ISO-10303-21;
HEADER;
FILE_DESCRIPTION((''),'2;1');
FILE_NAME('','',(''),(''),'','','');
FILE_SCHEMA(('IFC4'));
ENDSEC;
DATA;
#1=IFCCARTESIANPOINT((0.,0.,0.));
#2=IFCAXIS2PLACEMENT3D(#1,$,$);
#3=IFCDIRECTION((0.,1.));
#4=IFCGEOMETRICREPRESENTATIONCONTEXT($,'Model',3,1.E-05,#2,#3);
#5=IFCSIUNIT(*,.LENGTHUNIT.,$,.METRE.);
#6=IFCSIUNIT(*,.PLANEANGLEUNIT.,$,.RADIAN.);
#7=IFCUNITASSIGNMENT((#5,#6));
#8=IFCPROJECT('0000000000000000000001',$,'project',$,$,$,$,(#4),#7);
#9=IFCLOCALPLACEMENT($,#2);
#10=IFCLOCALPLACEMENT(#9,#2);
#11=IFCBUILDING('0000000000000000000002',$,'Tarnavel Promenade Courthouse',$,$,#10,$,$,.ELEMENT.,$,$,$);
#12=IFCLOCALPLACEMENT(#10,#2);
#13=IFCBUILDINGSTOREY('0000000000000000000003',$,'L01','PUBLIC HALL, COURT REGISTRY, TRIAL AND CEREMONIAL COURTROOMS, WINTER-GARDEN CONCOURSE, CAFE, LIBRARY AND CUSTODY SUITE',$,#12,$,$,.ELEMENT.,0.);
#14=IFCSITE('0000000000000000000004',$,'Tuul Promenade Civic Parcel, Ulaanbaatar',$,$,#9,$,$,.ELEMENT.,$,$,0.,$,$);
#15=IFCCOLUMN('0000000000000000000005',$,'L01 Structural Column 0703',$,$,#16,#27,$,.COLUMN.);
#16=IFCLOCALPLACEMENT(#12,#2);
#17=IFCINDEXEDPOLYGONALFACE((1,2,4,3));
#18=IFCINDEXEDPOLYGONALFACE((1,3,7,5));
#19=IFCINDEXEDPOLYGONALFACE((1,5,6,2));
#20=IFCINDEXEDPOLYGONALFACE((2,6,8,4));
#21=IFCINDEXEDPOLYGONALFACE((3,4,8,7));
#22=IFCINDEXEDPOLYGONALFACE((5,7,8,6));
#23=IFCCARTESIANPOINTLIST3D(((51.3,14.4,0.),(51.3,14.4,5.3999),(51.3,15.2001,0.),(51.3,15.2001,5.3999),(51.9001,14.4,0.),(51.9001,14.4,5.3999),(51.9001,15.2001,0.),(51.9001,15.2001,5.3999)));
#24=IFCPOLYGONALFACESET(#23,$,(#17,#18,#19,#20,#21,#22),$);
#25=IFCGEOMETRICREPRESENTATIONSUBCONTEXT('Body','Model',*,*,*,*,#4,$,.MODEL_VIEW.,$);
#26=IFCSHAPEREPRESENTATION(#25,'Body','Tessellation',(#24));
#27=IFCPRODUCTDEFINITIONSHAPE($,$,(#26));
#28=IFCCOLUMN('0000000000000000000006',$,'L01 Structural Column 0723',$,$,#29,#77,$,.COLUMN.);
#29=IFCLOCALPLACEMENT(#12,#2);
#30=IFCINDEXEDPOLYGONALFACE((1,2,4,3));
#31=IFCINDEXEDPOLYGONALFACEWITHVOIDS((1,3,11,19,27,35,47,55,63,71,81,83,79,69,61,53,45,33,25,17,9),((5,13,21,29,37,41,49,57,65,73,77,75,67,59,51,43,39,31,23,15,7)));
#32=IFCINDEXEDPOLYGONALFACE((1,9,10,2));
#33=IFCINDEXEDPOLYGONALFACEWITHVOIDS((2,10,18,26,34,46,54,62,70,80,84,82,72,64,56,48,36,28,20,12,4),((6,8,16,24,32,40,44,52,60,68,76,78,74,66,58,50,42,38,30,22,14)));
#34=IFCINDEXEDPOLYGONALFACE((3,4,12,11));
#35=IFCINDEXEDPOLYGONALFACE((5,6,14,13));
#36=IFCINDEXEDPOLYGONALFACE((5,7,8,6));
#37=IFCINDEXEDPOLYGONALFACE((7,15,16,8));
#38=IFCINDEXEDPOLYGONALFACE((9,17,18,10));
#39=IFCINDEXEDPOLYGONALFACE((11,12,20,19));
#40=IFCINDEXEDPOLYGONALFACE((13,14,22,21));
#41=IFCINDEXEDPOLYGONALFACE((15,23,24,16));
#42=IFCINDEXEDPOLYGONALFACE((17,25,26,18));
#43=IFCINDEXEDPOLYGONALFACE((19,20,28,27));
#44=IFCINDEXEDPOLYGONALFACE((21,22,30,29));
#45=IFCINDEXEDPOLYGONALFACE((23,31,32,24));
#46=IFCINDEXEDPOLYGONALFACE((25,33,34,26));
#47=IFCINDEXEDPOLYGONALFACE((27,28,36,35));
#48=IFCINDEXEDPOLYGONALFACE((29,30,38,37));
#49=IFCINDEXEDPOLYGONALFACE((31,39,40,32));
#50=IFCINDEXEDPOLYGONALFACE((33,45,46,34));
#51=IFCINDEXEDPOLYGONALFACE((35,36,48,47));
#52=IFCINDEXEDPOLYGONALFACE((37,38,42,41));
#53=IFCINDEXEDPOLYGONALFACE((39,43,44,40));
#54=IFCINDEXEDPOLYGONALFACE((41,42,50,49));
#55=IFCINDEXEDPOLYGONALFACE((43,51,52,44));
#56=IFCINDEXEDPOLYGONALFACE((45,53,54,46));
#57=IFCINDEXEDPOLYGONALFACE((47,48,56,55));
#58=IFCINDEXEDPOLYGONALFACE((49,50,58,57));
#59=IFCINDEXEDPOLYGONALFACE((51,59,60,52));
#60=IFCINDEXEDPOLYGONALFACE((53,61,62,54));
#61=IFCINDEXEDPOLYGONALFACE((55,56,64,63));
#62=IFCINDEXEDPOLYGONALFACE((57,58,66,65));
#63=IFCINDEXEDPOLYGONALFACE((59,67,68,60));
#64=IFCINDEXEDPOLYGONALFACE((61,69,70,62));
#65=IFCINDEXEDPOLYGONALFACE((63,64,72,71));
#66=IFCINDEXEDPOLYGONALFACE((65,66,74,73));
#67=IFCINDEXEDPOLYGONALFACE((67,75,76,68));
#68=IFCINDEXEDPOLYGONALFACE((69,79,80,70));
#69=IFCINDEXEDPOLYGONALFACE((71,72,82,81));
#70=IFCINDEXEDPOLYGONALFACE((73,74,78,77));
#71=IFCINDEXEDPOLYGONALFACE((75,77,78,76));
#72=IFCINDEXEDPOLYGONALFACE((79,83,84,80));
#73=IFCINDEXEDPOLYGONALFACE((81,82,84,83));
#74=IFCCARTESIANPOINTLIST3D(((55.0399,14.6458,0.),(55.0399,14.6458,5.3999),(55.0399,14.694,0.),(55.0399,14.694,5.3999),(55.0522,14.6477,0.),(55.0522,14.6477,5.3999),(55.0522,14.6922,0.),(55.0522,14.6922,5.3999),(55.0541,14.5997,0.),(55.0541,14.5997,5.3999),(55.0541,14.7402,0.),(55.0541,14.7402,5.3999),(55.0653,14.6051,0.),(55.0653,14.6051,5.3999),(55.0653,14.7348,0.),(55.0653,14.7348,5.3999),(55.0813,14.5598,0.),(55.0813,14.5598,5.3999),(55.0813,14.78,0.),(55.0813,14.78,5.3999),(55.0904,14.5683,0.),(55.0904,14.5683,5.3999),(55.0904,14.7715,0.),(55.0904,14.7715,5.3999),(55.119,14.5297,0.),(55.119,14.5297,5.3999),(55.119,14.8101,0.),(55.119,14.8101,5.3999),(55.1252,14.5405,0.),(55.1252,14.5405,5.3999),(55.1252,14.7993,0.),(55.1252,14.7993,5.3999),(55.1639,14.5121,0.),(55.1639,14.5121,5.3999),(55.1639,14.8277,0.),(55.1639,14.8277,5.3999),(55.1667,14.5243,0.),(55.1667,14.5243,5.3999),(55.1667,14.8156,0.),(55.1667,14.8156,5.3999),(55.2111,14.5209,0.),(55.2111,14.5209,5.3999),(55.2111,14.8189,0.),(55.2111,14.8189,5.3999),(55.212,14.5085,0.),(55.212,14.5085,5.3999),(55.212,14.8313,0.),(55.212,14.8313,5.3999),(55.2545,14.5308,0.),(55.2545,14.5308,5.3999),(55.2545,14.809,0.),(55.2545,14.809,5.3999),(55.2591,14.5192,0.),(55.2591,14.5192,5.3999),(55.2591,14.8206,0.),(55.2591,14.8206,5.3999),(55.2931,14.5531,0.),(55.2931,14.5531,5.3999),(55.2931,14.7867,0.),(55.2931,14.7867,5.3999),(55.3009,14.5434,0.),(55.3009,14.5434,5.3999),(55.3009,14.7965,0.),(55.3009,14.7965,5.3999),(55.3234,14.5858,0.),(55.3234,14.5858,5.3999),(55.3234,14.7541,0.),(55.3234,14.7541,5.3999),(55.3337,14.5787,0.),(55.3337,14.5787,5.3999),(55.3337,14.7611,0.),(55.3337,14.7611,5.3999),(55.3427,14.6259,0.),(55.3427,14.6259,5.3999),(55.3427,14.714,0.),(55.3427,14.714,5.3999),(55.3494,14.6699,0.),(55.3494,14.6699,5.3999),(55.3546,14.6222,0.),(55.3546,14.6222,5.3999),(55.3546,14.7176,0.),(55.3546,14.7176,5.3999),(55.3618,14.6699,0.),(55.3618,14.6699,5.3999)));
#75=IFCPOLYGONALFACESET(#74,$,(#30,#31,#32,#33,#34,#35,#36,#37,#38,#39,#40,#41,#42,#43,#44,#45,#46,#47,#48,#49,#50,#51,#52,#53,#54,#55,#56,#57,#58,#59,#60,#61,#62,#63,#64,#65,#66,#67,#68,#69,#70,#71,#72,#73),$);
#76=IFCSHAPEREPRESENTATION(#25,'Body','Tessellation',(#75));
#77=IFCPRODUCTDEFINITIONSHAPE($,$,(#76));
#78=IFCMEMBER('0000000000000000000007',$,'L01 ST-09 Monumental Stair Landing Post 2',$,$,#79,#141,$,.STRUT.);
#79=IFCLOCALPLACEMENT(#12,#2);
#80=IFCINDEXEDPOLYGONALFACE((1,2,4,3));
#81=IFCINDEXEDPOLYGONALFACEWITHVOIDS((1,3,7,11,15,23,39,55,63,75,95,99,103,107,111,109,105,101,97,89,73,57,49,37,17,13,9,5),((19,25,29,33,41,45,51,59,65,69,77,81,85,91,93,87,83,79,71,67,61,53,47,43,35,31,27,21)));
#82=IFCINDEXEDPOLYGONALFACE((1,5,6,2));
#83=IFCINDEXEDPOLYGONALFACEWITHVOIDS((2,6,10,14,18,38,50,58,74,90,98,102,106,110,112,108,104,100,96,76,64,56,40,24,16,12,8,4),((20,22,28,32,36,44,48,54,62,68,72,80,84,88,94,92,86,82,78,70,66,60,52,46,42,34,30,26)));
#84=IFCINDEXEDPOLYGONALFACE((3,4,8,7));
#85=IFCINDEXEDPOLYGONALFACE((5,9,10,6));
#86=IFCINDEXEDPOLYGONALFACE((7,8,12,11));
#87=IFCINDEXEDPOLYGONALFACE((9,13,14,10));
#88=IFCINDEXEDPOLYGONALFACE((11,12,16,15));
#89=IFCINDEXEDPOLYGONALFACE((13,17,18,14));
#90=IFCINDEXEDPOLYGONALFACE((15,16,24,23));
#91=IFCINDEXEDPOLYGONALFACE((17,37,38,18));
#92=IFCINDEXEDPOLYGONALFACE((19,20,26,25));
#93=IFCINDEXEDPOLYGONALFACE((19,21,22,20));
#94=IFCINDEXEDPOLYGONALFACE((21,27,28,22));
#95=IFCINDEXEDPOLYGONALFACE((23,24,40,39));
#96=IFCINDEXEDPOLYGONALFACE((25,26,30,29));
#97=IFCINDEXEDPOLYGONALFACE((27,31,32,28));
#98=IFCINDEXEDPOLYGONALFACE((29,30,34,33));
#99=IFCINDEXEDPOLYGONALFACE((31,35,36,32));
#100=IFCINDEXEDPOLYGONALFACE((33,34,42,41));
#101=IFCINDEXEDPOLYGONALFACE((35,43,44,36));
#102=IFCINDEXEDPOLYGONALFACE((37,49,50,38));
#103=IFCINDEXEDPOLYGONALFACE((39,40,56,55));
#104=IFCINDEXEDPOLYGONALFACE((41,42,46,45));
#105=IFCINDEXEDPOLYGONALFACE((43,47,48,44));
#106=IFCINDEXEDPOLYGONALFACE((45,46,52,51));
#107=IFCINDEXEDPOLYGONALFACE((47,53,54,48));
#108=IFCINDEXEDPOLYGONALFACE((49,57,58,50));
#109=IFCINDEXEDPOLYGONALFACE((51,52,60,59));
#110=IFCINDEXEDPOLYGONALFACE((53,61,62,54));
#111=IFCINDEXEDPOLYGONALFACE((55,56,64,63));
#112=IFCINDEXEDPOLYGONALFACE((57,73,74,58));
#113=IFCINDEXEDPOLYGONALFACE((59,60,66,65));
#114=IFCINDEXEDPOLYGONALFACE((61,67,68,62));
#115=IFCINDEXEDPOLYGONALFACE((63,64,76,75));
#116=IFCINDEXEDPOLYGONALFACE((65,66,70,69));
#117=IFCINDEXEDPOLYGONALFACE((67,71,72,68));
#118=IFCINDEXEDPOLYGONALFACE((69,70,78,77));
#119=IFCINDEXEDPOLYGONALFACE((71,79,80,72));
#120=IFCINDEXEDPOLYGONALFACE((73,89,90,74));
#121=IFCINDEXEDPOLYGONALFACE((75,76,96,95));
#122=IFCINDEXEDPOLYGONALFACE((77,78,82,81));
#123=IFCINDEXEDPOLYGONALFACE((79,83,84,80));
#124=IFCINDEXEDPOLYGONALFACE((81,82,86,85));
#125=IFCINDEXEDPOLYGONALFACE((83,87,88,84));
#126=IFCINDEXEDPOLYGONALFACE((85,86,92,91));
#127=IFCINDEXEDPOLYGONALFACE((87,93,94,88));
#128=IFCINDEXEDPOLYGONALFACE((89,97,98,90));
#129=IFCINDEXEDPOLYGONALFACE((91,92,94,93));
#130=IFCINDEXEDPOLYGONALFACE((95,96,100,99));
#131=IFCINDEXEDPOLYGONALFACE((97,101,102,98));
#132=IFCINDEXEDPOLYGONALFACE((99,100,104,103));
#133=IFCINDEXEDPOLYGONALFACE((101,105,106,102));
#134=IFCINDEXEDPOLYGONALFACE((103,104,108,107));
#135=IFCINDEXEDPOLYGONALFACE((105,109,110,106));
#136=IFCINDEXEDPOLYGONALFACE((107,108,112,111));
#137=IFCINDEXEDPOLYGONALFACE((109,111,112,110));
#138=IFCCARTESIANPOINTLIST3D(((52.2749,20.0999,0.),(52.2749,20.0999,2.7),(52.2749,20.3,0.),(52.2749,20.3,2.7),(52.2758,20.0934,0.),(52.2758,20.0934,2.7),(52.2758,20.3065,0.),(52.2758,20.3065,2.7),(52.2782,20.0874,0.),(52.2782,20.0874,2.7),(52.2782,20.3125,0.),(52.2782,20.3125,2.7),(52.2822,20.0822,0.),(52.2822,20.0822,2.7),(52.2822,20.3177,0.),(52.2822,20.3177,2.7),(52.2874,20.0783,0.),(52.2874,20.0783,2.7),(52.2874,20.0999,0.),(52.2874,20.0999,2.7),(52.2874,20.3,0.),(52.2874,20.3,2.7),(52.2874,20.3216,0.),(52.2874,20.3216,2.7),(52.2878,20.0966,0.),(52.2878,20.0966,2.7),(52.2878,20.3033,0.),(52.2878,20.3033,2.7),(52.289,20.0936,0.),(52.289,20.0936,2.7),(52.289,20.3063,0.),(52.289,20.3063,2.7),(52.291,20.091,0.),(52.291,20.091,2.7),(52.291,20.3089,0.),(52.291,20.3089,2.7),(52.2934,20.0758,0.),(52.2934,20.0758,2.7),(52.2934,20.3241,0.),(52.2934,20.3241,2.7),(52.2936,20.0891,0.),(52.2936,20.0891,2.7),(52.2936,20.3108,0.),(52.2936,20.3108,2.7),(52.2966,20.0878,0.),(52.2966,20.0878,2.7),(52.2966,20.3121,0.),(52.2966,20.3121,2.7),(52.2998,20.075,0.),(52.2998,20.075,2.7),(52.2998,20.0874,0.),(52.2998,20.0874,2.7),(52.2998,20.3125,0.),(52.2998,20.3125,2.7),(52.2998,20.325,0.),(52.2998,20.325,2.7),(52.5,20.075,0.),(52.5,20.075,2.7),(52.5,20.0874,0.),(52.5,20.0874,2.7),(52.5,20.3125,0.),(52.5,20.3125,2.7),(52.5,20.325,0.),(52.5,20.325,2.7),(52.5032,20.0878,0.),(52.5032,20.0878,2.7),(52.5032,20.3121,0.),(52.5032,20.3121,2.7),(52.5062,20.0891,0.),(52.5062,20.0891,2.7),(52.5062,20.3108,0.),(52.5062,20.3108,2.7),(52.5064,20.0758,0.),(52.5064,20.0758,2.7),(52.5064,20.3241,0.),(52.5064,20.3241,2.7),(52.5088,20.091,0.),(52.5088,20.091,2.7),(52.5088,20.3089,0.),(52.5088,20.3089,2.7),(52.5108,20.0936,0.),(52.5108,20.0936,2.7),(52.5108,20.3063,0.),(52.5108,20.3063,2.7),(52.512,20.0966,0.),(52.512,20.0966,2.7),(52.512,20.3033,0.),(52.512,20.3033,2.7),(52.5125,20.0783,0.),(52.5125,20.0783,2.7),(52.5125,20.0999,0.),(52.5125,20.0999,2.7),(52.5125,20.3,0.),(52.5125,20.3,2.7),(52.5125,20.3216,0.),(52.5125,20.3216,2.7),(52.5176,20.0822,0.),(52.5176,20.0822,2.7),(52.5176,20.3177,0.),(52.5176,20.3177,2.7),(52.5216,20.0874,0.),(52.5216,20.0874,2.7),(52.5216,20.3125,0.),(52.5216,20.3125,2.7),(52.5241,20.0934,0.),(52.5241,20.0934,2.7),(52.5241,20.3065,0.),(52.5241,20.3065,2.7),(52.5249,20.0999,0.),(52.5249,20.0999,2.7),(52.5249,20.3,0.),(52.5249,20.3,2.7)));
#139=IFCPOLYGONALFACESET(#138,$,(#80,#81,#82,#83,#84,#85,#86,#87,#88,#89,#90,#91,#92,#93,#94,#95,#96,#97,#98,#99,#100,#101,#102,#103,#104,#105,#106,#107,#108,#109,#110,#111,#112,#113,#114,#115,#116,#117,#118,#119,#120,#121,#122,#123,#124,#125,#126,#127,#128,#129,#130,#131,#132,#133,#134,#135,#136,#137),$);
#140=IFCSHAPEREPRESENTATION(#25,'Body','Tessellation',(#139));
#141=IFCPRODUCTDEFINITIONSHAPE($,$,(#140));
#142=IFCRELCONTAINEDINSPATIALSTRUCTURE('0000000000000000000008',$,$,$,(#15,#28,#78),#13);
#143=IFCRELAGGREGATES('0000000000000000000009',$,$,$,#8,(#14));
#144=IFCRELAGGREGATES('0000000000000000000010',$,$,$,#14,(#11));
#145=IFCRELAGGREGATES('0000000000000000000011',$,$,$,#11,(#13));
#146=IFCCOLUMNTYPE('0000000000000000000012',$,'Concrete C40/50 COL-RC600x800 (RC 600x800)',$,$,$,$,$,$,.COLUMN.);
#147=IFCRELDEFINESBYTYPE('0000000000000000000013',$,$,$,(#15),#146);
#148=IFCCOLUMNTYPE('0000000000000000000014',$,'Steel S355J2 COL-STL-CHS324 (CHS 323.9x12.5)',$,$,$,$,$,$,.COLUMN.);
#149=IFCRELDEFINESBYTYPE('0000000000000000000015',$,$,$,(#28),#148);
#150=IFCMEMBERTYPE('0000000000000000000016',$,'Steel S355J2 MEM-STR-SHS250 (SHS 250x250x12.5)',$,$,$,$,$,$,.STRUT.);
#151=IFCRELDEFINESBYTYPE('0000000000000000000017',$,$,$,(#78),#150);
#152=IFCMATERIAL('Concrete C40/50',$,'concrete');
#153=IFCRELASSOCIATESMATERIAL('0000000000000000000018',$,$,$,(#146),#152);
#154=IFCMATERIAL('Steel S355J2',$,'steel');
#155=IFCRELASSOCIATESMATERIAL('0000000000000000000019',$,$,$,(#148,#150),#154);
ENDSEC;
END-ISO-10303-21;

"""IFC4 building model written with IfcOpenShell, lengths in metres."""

from ifc_helpers import new_model, si_unit, direction, frame, origin, origin_2d, place, context, subcontext, project, spatial, rectangle, hollow_rectangle, hollow_circle, extrude, material, material_profile, profile_set, type_object, element, save


model = new_model("IFC4")

# Units and contexts
model_context = context("Model", 3, precision=1e-05, world=origin(), true_north=direction((0.0, 1.0)))
body_context = subcontext(model_context, "Body", "Model", "MODEL_VIEW")
ifc_project = project(units=[si_unit("LENGTHUNIT", "METRE"), si_unit("PLANEANGLEUNIT", "RADIAN")], contexts=[model_context])

# Site, building, storey
site_placement = place(None, origin())
site = spatial("IfcSite", under=ifc_project, at=site_placement, Name="Tuul Promenade Civic Parcel, Ulaanbaatar", CompositionType="ELEMENT", RefElevation=0.0)
building_placement = place(site_placement, origin())
building = spatial("IfcBuilding", under=site, at=building_placement, Name="Tarnavel Promenade Courthouse", CompositionType="ELEMENT")
storey_placement = place(building_placement, origin())
storey = spatial("IfcBuildingStorey", under=building, at=storey_placement, Name="L01", Description="PUBLIC HALL, COURT REGISTRY, TRIAL AND CEREMONIAL COURTROOMS, WINTER-GARDEN CONCOURSE, CAFE, LIBRARY AND CUSTODY SUITE", CompositionType="ELEMENT", Elevation=0.0)

# Columns
ifc_material_1 = material(Name="Concrete C40/50", Category="concrete")
ifc_material_profile_1 = material_profile(ifc_material_1, rectangle(XDim=0.6001, YDim=0.8, at=origin_2d()), Name="RC 600x800")
ifc_profile_set_1 = profile_set([ifc_material_profile_1], Name="Concrete C40/50")
column_type_1 = type_object("IfcColumnType", Name="Concrete C40/50 COL-RC600x800 (RC 600x800)", PredefinedType="COLUMN", material=ifc_profile_set_1)
column_1_placement = place(storey_placement, frame((51.6001, 14.8, 0.0), z_axis=(0.0, 0.0, 1.0), x_axis=(1.0, 0.0, 0.0)))
element("IfcColumn", 1, at=column_1_placement, inside=storey, type_object=column_type_1, Name="L01 Structural Column 0703", PredefinedType="COLUMN", context=body_context, shape_type="SweptSolid", body=[
    extrude(rectangle(XDim=0.6001, YDim=0.8, at=origin_2d()), origin(), (0.0, 0.0, 1.0), 5.3999),
])
ifc_material_2 = material(Name="Steel S355J2", Category="steel")
ifc_material_profile_2 = material_profile(ifc_material_2, hollow_circle(Radius=0.1619, WallThickness=0.0125, at=origin_2d()), Name="CHS 323.9x12.5")
ifc_profile_set_2 = profile_set([ifc_material_profile_2], Name="Steel S355J2")
column_type_2 = type_object("IfcColumnType", Name="Steel S355J2 COL-STL-CHS324 (CHS 323.9x12.5)", PredefinedType="COLUMN", material=ifc_profile_set_2)
column_2_placement = place(storey_placement, frame((55.2, 14.6699, 0.0), z_axis=(0.0, 0.0, 1.0), x_axis=(1.0, 0.0, 0.0)))
element("IfcColumn", 2, at=column_2_placement, inside=storey, type_object=column_type_2, Name="L01 Structural Column 0723", PredefinedType="COLUMN", context=body_context, shape_type="SweptSolid", body=[
    extrude(hollow_circle(Radius=0.1619, WallThickness=0.0125, at=origin_2d()), origin(), (0.0, 0.0, 1.0), 5.3999),
])

# Member
ifc_material_profile_3 = material_profile(ifc_material_2, hollow_rectangle(XDim=0.25, YDim=0.25, WallThickness=0.0125, InnerFilletRadius=0.0125, OuterFilletRadius=0.0249, at=origin_2d()), Name="SHS 250x250x12.5")
ifc_profile_set_3 = profile_set([ifc_material_profile_3], Name="Steel S355J2")
member_type_1 = type_object("IfcMemberType", Name="Steel S355J2 MEM-STR-SHS250 (SHS 250x250x12.5)", PredefinedType="STRUT", material=ifc_profile_set_3)
member_1_placement = place(storey_placement, frame((52.3999, 20.2, 0.0), z_axis=(0.0, 0.0, 1.0), x_axis=(1.0, 0.0, 0.0)))
element("IfcMember", 3, at=member_1_placement, inside=storey, type_object=member_type_1, Name="L01 ST-09 Monumental Stair Landing Post 2", PredefinedType="STRUT", context=body_context, shape_type="SweptSolid", body=[
    extrude(hollow_rectangle(XDim=0.25, YDim=0.25, WallThickness=0.0125, InnerFilletRadius=0.0125, OuterFilletRadius=0.0249, at=origin_2d()), origin(), (0.0, 0.0, 1.0), 2.7),
])

save(model, "model.ifc")
